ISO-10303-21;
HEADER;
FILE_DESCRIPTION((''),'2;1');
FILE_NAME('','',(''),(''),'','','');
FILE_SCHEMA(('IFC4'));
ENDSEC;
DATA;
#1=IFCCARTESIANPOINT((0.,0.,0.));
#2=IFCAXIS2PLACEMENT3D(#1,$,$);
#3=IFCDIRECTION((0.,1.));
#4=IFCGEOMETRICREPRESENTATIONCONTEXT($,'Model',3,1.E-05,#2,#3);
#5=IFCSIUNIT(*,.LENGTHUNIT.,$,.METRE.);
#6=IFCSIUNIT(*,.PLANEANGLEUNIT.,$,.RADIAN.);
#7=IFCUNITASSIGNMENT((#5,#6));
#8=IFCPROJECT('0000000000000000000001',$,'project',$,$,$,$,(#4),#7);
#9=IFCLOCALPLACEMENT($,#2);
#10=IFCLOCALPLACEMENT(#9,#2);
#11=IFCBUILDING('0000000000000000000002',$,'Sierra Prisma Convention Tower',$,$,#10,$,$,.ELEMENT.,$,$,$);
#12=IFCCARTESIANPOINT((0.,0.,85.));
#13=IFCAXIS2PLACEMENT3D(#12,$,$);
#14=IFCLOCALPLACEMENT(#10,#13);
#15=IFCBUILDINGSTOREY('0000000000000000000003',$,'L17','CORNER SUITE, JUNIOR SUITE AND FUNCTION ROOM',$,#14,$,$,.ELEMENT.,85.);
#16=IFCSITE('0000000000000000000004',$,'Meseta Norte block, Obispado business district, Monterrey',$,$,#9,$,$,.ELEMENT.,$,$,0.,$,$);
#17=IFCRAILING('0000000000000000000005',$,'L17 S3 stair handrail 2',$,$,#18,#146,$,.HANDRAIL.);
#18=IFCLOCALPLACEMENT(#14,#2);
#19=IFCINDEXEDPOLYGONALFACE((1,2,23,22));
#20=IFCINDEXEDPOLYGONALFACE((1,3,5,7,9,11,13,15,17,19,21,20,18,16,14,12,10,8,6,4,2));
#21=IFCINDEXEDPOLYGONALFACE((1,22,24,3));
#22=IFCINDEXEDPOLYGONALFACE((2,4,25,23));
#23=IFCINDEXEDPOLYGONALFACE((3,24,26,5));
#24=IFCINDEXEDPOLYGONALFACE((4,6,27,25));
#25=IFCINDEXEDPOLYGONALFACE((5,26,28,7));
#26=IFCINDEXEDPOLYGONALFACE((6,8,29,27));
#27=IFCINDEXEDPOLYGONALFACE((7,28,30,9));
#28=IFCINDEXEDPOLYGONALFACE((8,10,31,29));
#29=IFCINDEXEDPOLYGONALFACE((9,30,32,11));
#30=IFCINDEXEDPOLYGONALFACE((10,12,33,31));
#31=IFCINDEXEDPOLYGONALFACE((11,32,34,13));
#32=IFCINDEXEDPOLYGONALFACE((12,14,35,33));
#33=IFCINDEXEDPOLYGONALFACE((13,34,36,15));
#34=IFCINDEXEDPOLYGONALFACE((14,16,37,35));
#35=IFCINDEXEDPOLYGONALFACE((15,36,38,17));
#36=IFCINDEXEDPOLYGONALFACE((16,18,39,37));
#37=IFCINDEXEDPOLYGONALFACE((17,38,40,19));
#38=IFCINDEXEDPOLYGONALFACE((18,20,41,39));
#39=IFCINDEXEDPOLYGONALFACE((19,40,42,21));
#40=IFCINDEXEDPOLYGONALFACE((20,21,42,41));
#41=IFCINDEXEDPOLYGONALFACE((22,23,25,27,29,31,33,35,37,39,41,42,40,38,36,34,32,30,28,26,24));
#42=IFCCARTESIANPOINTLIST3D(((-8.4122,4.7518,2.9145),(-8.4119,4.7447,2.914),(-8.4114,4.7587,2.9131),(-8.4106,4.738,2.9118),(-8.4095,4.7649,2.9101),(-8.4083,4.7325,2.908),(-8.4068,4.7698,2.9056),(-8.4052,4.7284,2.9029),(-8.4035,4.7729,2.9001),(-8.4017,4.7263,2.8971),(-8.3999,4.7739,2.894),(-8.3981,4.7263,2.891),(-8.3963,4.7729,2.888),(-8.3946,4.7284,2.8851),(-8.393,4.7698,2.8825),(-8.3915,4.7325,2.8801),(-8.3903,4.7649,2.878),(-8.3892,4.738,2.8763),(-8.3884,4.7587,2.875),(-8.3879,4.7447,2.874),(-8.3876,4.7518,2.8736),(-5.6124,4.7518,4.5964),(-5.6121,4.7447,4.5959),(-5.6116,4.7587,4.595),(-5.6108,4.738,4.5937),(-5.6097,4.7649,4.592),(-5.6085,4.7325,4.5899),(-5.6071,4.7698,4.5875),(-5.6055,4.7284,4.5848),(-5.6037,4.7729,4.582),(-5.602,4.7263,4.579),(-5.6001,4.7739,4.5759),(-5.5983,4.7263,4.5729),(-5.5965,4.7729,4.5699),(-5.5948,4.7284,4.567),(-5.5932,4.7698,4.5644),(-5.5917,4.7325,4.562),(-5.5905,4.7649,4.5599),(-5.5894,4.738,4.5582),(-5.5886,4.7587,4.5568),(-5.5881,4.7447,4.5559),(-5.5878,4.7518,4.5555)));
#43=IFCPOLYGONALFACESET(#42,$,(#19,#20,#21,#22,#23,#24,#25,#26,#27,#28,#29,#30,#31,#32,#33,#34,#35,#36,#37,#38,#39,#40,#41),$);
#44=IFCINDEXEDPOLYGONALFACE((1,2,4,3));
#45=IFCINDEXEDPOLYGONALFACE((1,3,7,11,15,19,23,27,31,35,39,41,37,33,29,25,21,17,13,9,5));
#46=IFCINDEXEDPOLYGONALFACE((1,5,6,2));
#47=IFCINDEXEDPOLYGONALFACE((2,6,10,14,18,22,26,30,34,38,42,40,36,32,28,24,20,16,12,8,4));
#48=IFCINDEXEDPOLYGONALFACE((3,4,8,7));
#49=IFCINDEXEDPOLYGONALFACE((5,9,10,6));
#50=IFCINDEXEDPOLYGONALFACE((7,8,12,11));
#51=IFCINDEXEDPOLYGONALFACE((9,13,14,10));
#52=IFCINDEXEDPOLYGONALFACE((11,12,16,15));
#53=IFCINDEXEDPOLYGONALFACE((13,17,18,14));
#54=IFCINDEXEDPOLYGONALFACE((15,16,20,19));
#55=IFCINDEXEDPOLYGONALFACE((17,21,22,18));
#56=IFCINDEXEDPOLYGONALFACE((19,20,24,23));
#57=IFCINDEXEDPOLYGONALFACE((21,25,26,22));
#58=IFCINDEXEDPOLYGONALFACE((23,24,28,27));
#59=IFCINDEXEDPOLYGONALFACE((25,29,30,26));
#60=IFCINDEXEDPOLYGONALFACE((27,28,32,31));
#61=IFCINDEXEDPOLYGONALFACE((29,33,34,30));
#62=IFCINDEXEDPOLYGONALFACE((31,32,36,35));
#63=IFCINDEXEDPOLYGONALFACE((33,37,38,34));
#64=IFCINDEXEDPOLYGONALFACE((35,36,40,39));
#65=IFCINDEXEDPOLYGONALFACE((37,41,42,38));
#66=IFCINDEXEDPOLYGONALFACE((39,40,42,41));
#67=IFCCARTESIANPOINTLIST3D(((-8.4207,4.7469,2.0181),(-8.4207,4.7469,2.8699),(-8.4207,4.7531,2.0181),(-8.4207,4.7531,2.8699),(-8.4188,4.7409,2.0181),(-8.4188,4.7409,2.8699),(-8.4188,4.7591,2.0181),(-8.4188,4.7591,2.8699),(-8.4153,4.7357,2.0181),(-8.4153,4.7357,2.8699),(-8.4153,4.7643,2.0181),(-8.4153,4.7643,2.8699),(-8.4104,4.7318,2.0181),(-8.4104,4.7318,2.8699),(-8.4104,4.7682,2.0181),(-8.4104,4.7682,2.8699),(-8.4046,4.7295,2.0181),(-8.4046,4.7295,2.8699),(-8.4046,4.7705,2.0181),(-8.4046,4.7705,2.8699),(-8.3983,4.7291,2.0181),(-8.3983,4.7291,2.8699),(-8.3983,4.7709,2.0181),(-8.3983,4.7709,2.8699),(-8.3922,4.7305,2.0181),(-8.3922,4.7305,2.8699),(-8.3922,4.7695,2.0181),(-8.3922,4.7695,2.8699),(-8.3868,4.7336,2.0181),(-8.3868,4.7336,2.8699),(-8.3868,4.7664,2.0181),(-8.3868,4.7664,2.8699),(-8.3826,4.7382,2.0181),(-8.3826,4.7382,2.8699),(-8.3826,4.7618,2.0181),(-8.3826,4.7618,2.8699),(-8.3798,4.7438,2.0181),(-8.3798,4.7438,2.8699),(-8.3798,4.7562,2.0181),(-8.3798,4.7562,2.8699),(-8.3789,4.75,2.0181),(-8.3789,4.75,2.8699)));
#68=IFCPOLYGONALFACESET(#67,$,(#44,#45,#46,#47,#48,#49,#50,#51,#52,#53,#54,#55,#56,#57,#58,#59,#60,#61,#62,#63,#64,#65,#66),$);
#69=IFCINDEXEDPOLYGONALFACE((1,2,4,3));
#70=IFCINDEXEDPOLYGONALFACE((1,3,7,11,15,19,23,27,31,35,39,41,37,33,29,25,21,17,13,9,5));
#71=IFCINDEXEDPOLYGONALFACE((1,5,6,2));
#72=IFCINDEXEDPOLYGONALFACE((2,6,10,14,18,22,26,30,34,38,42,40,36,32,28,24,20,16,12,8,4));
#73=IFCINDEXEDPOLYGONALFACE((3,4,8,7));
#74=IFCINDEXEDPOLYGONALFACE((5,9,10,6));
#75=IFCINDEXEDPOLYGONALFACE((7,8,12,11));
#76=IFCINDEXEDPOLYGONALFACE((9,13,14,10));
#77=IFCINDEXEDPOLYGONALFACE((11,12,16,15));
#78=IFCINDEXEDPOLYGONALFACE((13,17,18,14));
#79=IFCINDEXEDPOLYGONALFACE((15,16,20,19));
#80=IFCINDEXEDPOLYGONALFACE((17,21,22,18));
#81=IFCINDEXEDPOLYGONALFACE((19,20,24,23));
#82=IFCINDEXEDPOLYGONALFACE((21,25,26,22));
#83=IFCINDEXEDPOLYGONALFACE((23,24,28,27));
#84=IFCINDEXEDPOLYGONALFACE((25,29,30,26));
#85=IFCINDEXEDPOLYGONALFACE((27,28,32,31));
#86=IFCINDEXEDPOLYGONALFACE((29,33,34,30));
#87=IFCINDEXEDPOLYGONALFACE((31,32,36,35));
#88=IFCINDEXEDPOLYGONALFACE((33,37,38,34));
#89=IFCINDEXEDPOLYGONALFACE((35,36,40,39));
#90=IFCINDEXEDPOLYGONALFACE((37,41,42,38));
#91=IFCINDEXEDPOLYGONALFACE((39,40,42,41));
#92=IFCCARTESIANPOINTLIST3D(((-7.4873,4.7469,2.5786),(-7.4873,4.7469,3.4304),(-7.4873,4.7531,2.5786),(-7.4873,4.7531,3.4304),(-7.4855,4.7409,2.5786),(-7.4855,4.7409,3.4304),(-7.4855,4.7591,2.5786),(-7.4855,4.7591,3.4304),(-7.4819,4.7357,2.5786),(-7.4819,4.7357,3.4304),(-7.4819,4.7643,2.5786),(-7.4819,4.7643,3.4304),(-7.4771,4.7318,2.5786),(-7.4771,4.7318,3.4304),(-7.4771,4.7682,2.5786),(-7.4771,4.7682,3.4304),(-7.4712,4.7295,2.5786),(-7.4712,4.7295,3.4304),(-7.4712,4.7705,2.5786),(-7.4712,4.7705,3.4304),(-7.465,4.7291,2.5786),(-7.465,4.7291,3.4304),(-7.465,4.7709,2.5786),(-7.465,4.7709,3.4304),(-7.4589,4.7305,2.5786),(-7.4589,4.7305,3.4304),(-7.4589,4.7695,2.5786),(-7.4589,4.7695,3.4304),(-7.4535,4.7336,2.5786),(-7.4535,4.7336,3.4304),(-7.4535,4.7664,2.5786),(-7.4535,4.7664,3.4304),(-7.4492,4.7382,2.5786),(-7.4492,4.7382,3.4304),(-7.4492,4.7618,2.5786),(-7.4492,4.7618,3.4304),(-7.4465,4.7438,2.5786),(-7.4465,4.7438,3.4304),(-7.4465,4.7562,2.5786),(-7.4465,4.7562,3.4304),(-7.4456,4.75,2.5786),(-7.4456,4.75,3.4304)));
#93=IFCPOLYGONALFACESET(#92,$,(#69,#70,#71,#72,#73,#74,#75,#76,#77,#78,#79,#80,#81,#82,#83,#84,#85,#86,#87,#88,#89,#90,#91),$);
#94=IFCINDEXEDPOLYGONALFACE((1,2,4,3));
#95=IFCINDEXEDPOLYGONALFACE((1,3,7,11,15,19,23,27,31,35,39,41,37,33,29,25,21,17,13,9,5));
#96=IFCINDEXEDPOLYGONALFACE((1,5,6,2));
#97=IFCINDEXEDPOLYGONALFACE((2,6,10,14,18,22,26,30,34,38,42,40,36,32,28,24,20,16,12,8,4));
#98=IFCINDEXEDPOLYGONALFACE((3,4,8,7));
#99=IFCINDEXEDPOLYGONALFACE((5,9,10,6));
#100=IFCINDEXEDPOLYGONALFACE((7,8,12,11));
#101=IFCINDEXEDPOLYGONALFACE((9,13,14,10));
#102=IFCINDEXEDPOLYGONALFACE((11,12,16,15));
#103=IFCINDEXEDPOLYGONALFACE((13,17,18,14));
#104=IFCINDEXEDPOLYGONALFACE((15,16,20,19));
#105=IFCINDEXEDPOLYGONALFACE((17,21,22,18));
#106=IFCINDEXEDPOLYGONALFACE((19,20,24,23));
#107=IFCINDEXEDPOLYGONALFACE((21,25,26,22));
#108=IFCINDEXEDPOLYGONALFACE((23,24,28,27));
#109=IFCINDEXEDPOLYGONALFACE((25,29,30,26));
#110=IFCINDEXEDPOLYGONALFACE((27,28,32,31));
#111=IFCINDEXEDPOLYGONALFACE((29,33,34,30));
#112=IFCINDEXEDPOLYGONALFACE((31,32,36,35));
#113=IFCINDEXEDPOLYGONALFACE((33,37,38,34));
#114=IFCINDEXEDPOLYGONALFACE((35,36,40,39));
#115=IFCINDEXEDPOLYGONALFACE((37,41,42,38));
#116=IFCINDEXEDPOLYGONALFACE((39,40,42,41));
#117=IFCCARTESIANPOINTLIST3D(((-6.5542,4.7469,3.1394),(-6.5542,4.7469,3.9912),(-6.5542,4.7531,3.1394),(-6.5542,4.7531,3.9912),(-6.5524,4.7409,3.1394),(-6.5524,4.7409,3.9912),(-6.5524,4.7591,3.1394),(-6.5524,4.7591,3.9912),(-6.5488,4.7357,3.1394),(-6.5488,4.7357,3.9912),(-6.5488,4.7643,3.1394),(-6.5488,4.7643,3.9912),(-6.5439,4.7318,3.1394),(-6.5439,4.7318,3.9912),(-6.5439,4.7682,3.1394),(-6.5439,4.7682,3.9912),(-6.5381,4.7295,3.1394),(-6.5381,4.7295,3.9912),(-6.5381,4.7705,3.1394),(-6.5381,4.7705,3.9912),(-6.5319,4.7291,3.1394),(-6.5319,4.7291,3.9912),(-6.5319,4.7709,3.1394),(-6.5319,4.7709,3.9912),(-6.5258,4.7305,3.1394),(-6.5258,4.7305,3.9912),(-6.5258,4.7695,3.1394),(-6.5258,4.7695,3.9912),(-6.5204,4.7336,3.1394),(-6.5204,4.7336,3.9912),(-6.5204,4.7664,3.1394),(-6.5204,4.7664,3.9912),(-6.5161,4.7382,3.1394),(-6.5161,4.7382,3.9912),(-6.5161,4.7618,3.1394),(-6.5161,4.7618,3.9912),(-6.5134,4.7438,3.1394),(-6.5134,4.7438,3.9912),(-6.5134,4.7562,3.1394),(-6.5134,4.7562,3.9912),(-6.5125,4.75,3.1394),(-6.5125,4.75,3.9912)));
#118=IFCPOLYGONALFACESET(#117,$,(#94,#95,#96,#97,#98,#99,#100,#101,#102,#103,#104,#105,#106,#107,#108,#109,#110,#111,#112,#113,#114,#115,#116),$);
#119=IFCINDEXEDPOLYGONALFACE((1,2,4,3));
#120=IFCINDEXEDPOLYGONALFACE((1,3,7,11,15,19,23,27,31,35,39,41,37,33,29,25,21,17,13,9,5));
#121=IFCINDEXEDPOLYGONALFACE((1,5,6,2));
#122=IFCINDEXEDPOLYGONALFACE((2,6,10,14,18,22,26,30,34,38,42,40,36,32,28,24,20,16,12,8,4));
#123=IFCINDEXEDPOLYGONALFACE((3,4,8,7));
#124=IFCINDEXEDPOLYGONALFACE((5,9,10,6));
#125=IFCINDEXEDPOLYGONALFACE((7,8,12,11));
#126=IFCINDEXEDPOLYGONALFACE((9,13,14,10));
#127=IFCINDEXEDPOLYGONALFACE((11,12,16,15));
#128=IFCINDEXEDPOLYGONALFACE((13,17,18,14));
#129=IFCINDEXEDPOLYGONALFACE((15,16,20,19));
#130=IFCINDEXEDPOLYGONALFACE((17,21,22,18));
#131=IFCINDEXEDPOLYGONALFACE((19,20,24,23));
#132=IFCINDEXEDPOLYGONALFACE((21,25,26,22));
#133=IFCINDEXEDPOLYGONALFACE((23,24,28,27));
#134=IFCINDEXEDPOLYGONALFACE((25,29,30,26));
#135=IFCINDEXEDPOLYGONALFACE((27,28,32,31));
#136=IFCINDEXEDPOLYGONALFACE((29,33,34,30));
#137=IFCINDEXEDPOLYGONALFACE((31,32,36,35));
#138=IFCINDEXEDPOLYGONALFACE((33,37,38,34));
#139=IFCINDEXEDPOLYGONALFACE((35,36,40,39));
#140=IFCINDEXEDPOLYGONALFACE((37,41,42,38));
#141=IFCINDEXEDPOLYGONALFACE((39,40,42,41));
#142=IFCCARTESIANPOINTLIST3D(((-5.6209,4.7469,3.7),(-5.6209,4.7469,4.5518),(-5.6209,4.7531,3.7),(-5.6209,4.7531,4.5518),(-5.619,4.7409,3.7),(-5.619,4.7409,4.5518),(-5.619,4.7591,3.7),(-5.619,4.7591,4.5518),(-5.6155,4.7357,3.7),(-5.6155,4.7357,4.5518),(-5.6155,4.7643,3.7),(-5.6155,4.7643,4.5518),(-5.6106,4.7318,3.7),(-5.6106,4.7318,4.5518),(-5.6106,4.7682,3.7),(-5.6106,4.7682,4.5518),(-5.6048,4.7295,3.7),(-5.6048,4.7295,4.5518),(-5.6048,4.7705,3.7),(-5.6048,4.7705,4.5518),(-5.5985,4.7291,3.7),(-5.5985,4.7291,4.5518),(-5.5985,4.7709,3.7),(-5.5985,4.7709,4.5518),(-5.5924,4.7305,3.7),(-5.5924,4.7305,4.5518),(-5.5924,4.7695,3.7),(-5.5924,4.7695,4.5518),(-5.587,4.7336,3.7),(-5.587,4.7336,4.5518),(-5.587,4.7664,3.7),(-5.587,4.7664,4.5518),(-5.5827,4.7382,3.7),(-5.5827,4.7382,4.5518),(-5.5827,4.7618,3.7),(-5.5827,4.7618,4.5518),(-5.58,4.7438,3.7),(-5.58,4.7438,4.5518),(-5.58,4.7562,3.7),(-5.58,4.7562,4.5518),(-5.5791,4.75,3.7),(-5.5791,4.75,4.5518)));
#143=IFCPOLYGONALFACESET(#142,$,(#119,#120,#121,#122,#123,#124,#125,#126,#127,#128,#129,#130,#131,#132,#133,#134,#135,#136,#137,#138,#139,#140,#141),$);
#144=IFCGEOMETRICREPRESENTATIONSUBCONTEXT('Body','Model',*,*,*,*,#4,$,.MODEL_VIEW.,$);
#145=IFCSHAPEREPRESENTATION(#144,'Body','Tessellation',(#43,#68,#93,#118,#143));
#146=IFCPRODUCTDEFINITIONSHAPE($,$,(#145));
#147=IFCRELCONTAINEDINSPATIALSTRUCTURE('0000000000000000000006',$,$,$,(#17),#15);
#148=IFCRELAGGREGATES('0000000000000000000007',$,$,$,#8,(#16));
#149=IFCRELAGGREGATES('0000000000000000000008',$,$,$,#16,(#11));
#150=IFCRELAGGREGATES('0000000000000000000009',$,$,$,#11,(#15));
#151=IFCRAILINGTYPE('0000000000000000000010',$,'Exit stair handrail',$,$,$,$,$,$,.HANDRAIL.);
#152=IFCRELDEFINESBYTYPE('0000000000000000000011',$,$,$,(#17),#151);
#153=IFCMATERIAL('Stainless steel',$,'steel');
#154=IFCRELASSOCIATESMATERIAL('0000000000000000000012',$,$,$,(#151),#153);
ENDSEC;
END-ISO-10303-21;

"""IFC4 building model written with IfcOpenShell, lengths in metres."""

from ifc_helpers import new_model, si_unit, direction, frame, origin, origin_2d, place, context, subcontext, project, spatial, circle, extrude, material, type_object, element, save


model = new_model("IFC4")

# Units and contexts
model_context = context("Model", 3, precision=1e-05, world=origin(), true_north=direction((0.0, 1.0)))
body_context = subcontext(model_context, "Body", "Model", "MODEL_VIEW")
ifc_project = project(units=[si_unit("LENGTHUNIT", "METRE"), si_unit("PLANEANGLEUNIT", "RADIAN")], contexts=[model_context])

# Site, building, storey
site_placement = place(None, origin())
site = spatial("IfcSite", under=ifc_project, at=site_placement, Name="Meseta Norte block, Obispado business district, Monterrey", CompositionType="ELEMENT", RefElevation=0.0)
building_placement = place(site_placement, origin())
building = spatial("IfcBuilding", under=site, at=building_placement, Name="Sierra Prisma Convention Tower", CompositionType="ELEMENT")
storey_placement = place(building_placement, frame((0.0, 0.0, 85.0)))
storey = spatial("IfcBuildingStorey", under=building, at=storey_placement, Name="L17", Description="CORNER SUITE, JUNIOR SUITE AND FUNCTION ROOM", CompositionType="ELEMENT", Elevation=85.0)

# Railing
ifc_material_1 = material(Name="Stainless steel", Category="steel")
railing_type_1 = type_object("IfcRailingType", Name="Exit stair handrail", PredefinedType="HANDRAIL", material=ifc_material_1)
railing_1_placement = place(storey_placement, frame((-8.3999, 4.75, 2.0181)))
element("IfcRailing", 1, at=railing_1_placement, inside=storey, type_object=railing_type_1, Name="L17 S3 stair handrail 2", PredefinedType="HANDRAIL", context=body_context, shape_type="SweptSolid", body=[
    extrude(circle(Radius=0.0239, at=origin_2d()), frame((0.0, 0.0, 0.876), z_axis=(0.857222, 0.0, 0.514946), x_axis=(0.0, 1.0, 0.0)), (0.0, 0.0, 1.0), 3.2661),
    extrude(circle(Radius=0.021, at=origin_2d()), origin(), (0.0, 0.0, 1.0), 0.8518),
    extrude(circle(Radius=0.021, at=origin_2d()), frame((0.9333, 0.0, 0.5605)), (0.0, 0.0, 1.0), 0.8518),
    extrude(circle(Radius=0.021, at=origin_2d()), frame((1.8665, 0.0, 1.1213)), (0.0, 0.0, 1.0), 0.8518),
    extrude(circle(Radius=0.021, at=origin_2d()), frame((2.7998, 0.0, 1.6819)), (0.0, 0.0, 1.0), 0.8518),
])

save(model, "model.ifc")
